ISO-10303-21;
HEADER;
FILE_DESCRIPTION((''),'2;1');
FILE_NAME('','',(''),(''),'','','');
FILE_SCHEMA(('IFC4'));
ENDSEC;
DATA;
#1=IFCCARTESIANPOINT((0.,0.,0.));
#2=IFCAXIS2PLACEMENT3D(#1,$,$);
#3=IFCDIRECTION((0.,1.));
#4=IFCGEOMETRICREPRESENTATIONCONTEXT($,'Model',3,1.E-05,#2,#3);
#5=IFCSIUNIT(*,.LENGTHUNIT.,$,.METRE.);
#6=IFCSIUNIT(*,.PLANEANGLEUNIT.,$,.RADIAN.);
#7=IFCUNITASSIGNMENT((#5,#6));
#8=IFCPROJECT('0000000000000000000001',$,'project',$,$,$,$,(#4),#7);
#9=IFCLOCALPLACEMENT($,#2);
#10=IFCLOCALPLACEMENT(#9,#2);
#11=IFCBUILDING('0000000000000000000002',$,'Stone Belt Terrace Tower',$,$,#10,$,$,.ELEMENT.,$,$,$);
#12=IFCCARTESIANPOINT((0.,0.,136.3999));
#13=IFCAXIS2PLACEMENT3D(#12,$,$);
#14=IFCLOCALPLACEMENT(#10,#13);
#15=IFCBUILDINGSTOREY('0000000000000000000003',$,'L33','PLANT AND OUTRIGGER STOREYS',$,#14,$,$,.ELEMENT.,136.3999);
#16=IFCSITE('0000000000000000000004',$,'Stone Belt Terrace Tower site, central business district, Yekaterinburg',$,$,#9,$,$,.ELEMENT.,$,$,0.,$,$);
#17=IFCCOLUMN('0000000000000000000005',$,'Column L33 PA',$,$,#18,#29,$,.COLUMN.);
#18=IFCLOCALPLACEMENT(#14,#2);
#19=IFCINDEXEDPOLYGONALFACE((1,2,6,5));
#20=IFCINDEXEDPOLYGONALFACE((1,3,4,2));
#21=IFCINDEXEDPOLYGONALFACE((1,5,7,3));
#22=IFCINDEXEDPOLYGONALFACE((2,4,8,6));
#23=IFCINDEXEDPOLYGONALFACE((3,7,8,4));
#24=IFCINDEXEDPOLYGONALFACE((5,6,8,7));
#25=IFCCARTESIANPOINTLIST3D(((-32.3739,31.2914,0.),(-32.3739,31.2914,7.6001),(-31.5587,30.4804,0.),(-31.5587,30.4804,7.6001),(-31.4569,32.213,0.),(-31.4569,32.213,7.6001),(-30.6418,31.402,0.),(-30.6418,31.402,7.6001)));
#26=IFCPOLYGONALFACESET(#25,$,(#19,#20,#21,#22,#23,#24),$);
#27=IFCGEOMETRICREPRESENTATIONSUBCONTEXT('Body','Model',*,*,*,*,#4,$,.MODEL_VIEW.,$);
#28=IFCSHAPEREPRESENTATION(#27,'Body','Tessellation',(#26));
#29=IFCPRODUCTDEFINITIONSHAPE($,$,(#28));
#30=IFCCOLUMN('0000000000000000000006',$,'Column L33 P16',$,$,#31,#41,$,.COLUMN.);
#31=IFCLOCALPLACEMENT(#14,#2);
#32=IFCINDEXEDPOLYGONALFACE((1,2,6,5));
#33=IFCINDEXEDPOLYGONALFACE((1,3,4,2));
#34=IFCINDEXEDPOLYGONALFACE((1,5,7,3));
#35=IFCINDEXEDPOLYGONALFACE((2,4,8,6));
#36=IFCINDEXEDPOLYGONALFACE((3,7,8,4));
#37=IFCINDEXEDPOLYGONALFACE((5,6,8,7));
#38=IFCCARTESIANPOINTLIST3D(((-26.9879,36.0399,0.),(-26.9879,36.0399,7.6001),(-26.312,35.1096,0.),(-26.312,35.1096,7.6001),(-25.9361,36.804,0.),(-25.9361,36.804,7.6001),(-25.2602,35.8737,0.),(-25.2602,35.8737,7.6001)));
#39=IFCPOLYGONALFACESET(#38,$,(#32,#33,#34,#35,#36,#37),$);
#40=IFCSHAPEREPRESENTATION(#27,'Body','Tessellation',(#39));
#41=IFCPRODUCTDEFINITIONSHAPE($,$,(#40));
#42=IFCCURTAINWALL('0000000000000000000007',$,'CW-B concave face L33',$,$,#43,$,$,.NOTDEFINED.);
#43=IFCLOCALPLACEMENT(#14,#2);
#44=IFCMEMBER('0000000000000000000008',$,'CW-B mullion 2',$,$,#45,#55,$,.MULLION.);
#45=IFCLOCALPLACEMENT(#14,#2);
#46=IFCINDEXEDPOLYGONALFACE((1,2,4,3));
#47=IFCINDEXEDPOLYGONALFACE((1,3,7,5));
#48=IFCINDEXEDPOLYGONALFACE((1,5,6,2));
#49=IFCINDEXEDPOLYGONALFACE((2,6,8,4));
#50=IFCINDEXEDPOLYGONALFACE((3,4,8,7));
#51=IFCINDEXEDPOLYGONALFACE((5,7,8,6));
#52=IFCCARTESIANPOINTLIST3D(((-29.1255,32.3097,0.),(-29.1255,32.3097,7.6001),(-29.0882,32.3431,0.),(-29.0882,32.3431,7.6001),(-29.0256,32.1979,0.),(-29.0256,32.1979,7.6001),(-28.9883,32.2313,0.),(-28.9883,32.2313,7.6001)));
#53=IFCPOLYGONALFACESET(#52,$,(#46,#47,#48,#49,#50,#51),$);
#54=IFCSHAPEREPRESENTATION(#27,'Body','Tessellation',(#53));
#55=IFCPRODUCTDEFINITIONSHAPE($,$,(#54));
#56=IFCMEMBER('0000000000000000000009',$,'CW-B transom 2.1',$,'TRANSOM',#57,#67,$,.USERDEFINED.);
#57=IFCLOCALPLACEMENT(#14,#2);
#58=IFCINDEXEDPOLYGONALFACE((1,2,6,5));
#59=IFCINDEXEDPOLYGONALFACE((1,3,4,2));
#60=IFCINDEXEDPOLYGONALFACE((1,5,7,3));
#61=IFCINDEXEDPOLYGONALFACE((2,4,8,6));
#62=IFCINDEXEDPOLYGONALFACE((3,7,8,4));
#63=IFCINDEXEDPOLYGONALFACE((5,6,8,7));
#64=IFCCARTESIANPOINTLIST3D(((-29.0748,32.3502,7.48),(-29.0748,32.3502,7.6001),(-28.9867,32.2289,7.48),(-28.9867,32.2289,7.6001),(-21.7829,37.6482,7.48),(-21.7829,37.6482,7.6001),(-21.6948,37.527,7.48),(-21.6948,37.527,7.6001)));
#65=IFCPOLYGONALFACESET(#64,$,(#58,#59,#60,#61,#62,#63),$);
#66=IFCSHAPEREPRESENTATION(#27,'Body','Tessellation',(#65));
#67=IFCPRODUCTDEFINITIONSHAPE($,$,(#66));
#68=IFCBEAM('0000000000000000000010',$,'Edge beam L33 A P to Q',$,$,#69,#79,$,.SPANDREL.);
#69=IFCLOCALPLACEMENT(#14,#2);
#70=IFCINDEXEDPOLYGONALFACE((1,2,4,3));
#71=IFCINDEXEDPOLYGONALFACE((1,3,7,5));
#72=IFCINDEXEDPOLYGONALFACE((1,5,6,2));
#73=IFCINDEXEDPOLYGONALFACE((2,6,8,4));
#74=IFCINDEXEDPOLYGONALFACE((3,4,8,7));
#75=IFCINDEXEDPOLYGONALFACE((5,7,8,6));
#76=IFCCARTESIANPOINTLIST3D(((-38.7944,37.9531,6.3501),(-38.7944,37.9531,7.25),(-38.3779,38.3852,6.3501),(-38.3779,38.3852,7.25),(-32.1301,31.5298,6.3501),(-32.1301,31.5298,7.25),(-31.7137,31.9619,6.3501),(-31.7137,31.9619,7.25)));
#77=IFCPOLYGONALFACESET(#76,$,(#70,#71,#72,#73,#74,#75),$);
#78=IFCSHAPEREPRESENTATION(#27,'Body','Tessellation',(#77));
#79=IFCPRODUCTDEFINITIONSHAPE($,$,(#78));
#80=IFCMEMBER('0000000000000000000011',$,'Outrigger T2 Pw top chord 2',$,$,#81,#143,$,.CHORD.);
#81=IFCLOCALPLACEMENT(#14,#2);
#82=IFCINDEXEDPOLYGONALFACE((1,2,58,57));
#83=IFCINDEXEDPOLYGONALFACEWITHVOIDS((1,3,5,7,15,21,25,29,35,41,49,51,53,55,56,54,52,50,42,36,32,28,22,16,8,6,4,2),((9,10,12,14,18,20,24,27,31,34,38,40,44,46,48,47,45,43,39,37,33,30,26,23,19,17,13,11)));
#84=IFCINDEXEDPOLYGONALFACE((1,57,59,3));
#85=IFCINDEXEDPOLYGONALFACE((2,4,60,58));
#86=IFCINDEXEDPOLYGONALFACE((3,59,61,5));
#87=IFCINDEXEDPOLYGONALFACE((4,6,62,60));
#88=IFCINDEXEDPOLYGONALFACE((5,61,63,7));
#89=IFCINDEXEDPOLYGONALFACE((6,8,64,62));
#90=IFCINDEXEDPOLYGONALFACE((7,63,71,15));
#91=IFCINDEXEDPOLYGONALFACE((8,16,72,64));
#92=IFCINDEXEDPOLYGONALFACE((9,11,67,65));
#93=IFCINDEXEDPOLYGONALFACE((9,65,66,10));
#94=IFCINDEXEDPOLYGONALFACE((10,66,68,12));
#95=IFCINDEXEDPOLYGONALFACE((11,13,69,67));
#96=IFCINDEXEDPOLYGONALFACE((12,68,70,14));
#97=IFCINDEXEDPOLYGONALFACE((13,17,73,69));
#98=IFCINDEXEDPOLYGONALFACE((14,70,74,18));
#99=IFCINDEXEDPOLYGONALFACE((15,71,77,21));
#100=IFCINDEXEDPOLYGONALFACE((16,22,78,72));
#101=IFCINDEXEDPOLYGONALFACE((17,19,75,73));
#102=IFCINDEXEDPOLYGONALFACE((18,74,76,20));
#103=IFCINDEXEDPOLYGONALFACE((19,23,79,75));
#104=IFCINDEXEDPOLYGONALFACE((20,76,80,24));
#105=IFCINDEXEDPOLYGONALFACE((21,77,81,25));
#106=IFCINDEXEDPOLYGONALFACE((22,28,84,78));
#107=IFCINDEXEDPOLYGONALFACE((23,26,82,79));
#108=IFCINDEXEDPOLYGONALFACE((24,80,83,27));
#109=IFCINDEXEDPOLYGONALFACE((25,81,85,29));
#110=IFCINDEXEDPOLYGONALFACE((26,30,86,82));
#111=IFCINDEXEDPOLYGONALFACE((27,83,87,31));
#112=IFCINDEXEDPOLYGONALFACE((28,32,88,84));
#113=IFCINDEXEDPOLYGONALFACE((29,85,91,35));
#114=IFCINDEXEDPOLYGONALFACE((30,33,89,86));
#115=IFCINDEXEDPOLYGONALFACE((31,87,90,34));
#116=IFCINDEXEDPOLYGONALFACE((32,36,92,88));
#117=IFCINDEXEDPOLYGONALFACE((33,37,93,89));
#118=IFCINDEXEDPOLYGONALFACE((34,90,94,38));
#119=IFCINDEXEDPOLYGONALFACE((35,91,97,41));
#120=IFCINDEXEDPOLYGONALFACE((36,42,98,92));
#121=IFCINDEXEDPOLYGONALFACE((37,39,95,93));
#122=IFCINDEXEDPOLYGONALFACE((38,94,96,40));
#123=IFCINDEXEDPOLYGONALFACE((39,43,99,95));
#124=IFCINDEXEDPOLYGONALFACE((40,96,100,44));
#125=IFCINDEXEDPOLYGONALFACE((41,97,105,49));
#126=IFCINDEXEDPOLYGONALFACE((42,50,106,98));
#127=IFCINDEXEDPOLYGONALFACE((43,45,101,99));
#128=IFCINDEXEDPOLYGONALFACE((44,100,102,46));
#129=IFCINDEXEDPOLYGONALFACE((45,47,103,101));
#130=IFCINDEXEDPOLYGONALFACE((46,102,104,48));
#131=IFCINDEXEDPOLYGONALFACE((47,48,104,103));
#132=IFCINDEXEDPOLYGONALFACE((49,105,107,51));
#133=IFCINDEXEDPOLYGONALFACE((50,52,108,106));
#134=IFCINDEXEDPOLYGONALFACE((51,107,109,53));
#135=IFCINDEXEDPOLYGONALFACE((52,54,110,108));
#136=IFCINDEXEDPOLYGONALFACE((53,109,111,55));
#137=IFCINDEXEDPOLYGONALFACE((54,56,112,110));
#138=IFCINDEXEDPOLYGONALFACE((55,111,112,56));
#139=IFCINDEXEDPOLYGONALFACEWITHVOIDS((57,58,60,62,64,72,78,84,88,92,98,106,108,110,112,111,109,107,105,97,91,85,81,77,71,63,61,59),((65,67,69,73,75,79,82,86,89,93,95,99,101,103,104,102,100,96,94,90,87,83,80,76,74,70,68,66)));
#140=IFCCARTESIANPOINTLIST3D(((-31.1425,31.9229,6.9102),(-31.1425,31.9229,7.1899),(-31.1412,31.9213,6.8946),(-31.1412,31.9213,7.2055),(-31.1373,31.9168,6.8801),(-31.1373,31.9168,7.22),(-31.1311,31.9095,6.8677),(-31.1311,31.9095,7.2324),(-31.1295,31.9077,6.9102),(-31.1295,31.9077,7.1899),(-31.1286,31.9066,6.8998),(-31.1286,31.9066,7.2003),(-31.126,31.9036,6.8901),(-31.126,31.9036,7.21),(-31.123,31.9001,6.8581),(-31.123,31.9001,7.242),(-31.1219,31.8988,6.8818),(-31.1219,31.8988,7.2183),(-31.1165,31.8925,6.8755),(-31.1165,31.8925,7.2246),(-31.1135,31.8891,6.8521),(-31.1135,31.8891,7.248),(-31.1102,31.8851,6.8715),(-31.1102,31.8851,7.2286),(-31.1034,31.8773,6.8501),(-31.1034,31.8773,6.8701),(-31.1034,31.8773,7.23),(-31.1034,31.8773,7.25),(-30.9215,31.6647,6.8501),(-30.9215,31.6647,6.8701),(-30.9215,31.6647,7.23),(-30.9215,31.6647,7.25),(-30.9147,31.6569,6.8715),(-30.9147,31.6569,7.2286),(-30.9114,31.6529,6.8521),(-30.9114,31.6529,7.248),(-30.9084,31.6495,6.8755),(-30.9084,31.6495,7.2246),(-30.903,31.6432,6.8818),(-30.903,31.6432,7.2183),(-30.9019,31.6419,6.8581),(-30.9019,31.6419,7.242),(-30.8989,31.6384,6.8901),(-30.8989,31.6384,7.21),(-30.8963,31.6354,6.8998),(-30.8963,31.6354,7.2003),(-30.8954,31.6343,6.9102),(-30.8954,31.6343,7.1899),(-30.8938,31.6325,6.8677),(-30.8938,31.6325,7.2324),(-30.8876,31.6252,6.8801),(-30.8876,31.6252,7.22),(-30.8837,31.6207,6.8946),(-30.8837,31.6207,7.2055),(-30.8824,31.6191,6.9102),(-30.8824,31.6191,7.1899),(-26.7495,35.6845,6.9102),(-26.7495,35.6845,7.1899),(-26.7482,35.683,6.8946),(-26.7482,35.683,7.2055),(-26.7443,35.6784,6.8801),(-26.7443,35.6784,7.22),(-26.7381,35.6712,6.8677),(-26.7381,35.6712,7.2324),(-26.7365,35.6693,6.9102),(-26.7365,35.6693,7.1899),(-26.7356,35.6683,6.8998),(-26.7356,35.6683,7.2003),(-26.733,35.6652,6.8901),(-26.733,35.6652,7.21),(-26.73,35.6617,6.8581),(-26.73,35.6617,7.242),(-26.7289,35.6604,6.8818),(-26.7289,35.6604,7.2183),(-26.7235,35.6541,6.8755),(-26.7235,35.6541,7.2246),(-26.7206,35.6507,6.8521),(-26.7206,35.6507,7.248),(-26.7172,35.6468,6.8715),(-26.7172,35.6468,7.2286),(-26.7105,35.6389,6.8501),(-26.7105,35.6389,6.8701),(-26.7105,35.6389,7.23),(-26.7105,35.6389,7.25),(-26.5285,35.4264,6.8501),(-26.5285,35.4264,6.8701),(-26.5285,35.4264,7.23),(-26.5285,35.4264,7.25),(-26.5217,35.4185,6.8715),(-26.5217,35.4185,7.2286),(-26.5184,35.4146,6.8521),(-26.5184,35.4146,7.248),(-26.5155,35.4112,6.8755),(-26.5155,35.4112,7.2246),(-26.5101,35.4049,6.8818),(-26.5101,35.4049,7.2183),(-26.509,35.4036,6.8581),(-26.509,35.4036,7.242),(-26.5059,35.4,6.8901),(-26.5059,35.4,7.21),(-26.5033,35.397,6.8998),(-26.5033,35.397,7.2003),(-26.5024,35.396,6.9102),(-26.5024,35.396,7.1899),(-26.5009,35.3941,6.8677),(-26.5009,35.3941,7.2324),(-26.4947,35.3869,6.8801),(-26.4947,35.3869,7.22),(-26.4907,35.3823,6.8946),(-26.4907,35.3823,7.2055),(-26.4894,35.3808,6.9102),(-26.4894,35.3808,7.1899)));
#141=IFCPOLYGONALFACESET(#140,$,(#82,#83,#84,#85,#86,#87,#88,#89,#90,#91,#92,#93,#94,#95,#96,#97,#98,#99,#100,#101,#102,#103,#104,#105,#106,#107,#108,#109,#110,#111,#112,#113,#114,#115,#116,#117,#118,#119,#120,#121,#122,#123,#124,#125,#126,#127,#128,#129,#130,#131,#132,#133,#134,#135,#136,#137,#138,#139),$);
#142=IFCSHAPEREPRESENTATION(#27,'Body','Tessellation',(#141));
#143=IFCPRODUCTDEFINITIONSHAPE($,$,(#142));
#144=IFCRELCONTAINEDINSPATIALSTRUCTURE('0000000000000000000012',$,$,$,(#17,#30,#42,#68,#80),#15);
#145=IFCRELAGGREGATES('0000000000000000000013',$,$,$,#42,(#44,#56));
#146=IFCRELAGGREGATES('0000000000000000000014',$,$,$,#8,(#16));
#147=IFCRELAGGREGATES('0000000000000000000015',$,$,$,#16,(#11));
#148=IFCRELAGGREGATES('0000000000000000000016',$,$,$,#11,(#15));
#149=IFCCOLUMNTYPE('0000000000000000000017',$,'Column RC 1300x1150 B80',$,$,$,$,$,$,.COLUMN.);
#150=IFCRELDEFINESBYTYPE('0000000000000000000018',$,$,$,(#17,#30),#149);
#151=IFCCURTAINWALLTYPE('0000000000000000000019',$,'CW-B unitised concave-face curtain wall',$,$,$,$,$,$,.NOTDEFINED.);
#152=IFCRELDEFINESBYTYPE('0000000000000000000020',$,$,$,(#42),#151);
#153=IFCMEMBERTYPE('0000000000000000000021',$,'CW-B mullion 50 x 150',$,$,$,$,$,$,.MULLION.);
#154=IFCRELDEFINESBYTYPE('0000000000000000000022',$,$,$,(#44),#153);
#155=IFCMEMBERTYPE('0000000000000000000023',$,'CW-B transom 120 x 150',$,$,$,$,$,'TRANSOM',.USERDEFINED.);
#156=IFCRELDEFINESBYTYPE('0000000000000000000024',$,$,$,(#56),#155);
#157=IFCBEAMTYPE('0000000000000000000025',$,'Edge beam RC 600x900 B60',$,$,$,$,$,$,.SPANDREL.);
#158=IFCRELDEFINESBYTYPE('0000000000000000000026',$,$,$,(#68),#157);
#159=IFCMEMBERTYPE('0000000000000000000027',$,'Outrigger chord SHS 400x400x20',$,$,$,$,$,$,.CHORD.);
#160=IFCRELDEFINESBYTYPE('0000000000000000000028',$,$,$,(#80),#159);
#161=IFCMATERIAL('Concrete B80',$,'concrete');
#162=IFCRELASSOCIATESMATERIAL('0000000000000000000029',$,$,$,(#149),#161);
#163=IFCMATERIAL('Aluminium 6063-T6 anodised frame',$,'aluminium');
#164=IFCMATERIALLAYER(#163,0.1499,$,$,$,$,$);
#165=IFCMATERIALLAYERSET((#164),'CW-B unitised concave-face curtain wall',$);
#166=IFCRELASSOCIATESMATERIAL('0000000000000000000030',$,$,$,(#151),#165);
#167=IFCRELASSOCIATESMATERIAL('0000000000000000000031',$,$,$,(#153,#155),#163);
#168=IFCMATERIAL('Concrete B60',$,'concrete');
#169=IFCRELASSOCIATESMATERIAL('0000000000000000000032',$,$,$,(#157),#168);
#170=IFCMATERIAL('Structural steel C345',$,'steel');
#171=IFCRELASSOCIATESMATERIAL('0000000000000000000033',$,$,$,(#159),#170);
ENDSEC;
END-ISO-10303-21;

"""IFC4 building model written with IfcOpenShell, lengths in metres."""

from ifc_helpers import new_model, si_unit, direction, frame, origin, origin_2d, place, context, subcontext, project, spatial, rectangle, hollow_rectangle, extrude, material, layer, layer_set, material_profile, profile_set, type_object, element, aggregate, save


model = new_model("IFC4")

# Units and contexts
model_context = context("Model", 3, precision=1e-05, world=origin(), true_north=direction((0.0, 1.0)))
body_context = subcontext(model_context, "Body", "Model", "MODEL_VIEW")
ifc_project = project(units=[si_unit("LENGTHUNIT", "METRE"), si_unit("PLANEANGLEUNIT", "RADIAN")], contexts=[model_context])

# Site, building, storey
site_placement = place(None, origin())
site = spatial("IfcSite", under=ifc_project, at=site_placement, Name="Stone Belt Terrace Tower site, central business district, Yekaterinburg", CompositionType="ELEMENT", RefElevation=0.0)
building_placement = place(site_placement, origin())
building = spatial("IfcBuilding", under=site, at=building_placement, Name="Stone Belt Terrace Tower", CompositionType="ELEMENT")
storey_placement = place(building_placement, frame((0.0, 0.0, 136.3999)))
storey = spatial("IfcBuildingStorey", under=building, at=storey_placement, Name="L33", Description="PLANT AND OUTRIGGER STOREYS", CompositionType="ELEMENT", Elevation=136.3999)

# Columns
ifc_material_1 = material(Name="Concrete B80", Category="concrete")
ifc_material_profile_1 = material_profile(ifc_material_1, rectangle(XDim=1.3, YDim=1.1499, at=origin_2d()), Name="RC 1300x1150")
ifc_profile_set_1 = profile_set([ifc_material_profile_1], Name="Concrete B80")
column_type = type_object("IfcColumnType", Name="Column RC 1300x1150 B80", PredefinedType="COLUMN", material=ifc_profile_set_1)
for number, where, z_axis, x_axis, name in (
    (1, (-31.5078, 31.3467, 0.0), (0.0, 0.0, 1.0), (0.705294, 0.708915, 0.0), "Column L33 PA"),
    (2, (-26.124, 35.9568, 0.0), (0.0, 0.0, 1.0), (0.809017, 0.587785, 0.0), "Column L33 P16"),
):
    element("IfcColumn", number, at=place(storey_placement, frame(where, z_axis=z_axis, x_axis=x_axis)), inside=storey, type_object=column_type, Name=name, PredefinedType="COLUMN", context=body_context, shape_type="SweptSolid", body=[
        extrude(rectangle(XDim=1.3, YDim=1.1499, at=origin_2d()), origin(), (0.0, 0.0, 1.0), 7.6001),
    ])

# Curtain wall, members
ifc_material_2 = material(Name="Aluminium 6063-T6 anodised frame", Category="aluminium")
ifc_layer_1 = layer(ifc_material_2, 0.1499)
ifc_layer_set_1 = layer_set([ifc_layer_1], Name="CW-B unitised concave-face curtain wall")
curtain_wall_type = type_object("IfcCurtainWallType", Name="CW-B unitised concave-face curtain wall", PredefinedType="NOTDEFINED", material=ifc_layer_set_1)
curtain_wall_placement = place(storey_placement, origin())
curtain_wall = element("IfcCurtainWall", 3, at=curtain_wall_placement, inside=storey, type_object=curtain_wall_type, Name="CW-B concave face L33", PredefinedType="NOTDEFINED")
ifc_material_profile_2 = material_profile(ifc_material_2, rectangle(XDim=0.1499, YDim=0.05, at=origin_2d()), Name="Aluminium 6063-T6 50x150")
ifc_profile_set_2 = profile_set([ifc_material_profile_2], Name="Aluminium 6063-T6 anodised frame")
member_type_1 = type_object("IfcMemberType", Name="CW-B mullion 50 x 150", PredefinedType="MULLION", material=ifc_profile_set_2)
member_1_placement = place(storey_placement, frame((-29.0569, 32.2705, 0.0), z_axis=(0.0, 0.0, 1.0), x_axis=(-0.666301, 0.745683, 0.0)))
member_1 = element("IfcMember", 4, at=member_1_placement, type_object=member_type_1, Name="CW-B mullion 2", PredefinedType="MULLION", context=body_context, shape_type="SweptSolid", body=[
    extrude(rectangle(XDim=0.1499, YDim=0.05, at=origin_2d()), origin(), (0.0, 0.0, 1.0), 7.6001),
])
ifc_material_profile_3 = material_profile(ifc_material_2, rectangle(XDim=0.1499, YDim=0.1201, at=origin_2d()), Name="Aluminium 6063-T6 150x120")
ifc_profile_set_3 = profile_set([ifc_material_profile_3], Name="Aluminium 6063-T6 anodised frame")
member_type_2 = type_object("IfcMemberType", Name="CW-B transom 120 x 150", ElementType="TRANSOM", PredefinedType="USERDEFINED", material=ifc_profile_set_3)
member_2_placement = place(storey_placement, frame((-29.0308, 32.2896, 7.54), z_axis=(0.809009, 0.587796, 0.0), x_axis=(-0.587796, 0.809009, 0.0)))
member_2 = element("IfcMember", 5, at=member_2_placement, type_object=member_type_2, Name="CW-B transom 2.1", ObjectType="TRANSOM", PredefinedType="USERDEFINED", context=body_context, shape_type="SweptSolid", body=[
    extrude(rectangle(XDim=0.1499, YDim=0.1201, at=origin_2d()), origin(), (0.0, 0.0, 1.0), 9.0134),
])

# Beam
ifc_material_3 = material(Name="Concrete B60", Category="concrete")
ifc_material_profile_4 = material_profile(ifc_material_3, rectangle(XDim=0.6001, YDim=0.8999, at=origin_2d()), Name="RC 600x900")
ifc_profile_set_4 = profile_set([ifc_material_profile_4], Name="Concrete B60")
beam_type = type_object("IfcBeamType", Name="Edge beam RC 600x900 B60", PredefinedType="SPANDREL", material=ifc_profile_set_4)
beam_placement = place(storey_placement, frame((-31.9219, 31.7458, 6.8), z_axis=(-0.720004, 0.69397, 0.0), x_axis=(-0.69397, -0.720004, 0.0)))
element("IfcBeam", 6, at=beam_placement, inside=storey, type_object=beam_type, Name="Edge beam L33 A P to Q", PredefinedType="SPANDREL", context=body_context, shape_type="SweptSolid", body=[
    extrude(rectangle(XDim=0.6001, YDim=0.8999, at=origin_2d()), origin(), (0.0, 0.0, 1.0), 9.2559),
])

# Member
ifc_material_4 = material(Name="Structural steel C345", Category="steel")
ifc_material_profile_5 = material_profile(ifc_material_4, hollow_rectangle(XDim=0.3999, YDim=0.3999, WallThickness=0.02, InnerFilletRadius=0.04, OuterFilletRadius=0.0601, at=origin_2d()), Name="SHS 400x400x20")
ifc_profile_set_5 = profile_set([ifc_material_profile_5], Name="Structural steel C345")
member_type_3 = type_object("IfcMemberType", Name="Outrigger chord SHS 400x400x20", PredefinedType="CHORD", material=ifc_profile_set_5)
for number, where, z_axis, x_axis, name in (
    (7, (-31.0125, 31.771, 7.05), (0.759578, 0.650416, 0.0), (-0.650416, 0.759578, 0.0), "Outrigger T2 Pw top chord 2"),
):
    element("IfcMember", number, at=place(storey_placement, frame(where, z_axis=z_axis, x_axis=x_axis)), inside=storey, type_object=member_type_3, Name=name, PredefinedType="CHORD", context=body_context, shape_type="SweptSolid", body=[
        extrude(hollow_rectangle(XDim=0.3999, YDim=0.3999, WallThickness=0.02, InnerFilletRadius=0.04, OuterFilletRadius=0.0601, at=origin_2d()), origin(), (0.0, 0.0, 1.0), 5.7834),
    ])

aggregate(curtain_wall, [member_1, member_2])

save(model, "model.ifc")
